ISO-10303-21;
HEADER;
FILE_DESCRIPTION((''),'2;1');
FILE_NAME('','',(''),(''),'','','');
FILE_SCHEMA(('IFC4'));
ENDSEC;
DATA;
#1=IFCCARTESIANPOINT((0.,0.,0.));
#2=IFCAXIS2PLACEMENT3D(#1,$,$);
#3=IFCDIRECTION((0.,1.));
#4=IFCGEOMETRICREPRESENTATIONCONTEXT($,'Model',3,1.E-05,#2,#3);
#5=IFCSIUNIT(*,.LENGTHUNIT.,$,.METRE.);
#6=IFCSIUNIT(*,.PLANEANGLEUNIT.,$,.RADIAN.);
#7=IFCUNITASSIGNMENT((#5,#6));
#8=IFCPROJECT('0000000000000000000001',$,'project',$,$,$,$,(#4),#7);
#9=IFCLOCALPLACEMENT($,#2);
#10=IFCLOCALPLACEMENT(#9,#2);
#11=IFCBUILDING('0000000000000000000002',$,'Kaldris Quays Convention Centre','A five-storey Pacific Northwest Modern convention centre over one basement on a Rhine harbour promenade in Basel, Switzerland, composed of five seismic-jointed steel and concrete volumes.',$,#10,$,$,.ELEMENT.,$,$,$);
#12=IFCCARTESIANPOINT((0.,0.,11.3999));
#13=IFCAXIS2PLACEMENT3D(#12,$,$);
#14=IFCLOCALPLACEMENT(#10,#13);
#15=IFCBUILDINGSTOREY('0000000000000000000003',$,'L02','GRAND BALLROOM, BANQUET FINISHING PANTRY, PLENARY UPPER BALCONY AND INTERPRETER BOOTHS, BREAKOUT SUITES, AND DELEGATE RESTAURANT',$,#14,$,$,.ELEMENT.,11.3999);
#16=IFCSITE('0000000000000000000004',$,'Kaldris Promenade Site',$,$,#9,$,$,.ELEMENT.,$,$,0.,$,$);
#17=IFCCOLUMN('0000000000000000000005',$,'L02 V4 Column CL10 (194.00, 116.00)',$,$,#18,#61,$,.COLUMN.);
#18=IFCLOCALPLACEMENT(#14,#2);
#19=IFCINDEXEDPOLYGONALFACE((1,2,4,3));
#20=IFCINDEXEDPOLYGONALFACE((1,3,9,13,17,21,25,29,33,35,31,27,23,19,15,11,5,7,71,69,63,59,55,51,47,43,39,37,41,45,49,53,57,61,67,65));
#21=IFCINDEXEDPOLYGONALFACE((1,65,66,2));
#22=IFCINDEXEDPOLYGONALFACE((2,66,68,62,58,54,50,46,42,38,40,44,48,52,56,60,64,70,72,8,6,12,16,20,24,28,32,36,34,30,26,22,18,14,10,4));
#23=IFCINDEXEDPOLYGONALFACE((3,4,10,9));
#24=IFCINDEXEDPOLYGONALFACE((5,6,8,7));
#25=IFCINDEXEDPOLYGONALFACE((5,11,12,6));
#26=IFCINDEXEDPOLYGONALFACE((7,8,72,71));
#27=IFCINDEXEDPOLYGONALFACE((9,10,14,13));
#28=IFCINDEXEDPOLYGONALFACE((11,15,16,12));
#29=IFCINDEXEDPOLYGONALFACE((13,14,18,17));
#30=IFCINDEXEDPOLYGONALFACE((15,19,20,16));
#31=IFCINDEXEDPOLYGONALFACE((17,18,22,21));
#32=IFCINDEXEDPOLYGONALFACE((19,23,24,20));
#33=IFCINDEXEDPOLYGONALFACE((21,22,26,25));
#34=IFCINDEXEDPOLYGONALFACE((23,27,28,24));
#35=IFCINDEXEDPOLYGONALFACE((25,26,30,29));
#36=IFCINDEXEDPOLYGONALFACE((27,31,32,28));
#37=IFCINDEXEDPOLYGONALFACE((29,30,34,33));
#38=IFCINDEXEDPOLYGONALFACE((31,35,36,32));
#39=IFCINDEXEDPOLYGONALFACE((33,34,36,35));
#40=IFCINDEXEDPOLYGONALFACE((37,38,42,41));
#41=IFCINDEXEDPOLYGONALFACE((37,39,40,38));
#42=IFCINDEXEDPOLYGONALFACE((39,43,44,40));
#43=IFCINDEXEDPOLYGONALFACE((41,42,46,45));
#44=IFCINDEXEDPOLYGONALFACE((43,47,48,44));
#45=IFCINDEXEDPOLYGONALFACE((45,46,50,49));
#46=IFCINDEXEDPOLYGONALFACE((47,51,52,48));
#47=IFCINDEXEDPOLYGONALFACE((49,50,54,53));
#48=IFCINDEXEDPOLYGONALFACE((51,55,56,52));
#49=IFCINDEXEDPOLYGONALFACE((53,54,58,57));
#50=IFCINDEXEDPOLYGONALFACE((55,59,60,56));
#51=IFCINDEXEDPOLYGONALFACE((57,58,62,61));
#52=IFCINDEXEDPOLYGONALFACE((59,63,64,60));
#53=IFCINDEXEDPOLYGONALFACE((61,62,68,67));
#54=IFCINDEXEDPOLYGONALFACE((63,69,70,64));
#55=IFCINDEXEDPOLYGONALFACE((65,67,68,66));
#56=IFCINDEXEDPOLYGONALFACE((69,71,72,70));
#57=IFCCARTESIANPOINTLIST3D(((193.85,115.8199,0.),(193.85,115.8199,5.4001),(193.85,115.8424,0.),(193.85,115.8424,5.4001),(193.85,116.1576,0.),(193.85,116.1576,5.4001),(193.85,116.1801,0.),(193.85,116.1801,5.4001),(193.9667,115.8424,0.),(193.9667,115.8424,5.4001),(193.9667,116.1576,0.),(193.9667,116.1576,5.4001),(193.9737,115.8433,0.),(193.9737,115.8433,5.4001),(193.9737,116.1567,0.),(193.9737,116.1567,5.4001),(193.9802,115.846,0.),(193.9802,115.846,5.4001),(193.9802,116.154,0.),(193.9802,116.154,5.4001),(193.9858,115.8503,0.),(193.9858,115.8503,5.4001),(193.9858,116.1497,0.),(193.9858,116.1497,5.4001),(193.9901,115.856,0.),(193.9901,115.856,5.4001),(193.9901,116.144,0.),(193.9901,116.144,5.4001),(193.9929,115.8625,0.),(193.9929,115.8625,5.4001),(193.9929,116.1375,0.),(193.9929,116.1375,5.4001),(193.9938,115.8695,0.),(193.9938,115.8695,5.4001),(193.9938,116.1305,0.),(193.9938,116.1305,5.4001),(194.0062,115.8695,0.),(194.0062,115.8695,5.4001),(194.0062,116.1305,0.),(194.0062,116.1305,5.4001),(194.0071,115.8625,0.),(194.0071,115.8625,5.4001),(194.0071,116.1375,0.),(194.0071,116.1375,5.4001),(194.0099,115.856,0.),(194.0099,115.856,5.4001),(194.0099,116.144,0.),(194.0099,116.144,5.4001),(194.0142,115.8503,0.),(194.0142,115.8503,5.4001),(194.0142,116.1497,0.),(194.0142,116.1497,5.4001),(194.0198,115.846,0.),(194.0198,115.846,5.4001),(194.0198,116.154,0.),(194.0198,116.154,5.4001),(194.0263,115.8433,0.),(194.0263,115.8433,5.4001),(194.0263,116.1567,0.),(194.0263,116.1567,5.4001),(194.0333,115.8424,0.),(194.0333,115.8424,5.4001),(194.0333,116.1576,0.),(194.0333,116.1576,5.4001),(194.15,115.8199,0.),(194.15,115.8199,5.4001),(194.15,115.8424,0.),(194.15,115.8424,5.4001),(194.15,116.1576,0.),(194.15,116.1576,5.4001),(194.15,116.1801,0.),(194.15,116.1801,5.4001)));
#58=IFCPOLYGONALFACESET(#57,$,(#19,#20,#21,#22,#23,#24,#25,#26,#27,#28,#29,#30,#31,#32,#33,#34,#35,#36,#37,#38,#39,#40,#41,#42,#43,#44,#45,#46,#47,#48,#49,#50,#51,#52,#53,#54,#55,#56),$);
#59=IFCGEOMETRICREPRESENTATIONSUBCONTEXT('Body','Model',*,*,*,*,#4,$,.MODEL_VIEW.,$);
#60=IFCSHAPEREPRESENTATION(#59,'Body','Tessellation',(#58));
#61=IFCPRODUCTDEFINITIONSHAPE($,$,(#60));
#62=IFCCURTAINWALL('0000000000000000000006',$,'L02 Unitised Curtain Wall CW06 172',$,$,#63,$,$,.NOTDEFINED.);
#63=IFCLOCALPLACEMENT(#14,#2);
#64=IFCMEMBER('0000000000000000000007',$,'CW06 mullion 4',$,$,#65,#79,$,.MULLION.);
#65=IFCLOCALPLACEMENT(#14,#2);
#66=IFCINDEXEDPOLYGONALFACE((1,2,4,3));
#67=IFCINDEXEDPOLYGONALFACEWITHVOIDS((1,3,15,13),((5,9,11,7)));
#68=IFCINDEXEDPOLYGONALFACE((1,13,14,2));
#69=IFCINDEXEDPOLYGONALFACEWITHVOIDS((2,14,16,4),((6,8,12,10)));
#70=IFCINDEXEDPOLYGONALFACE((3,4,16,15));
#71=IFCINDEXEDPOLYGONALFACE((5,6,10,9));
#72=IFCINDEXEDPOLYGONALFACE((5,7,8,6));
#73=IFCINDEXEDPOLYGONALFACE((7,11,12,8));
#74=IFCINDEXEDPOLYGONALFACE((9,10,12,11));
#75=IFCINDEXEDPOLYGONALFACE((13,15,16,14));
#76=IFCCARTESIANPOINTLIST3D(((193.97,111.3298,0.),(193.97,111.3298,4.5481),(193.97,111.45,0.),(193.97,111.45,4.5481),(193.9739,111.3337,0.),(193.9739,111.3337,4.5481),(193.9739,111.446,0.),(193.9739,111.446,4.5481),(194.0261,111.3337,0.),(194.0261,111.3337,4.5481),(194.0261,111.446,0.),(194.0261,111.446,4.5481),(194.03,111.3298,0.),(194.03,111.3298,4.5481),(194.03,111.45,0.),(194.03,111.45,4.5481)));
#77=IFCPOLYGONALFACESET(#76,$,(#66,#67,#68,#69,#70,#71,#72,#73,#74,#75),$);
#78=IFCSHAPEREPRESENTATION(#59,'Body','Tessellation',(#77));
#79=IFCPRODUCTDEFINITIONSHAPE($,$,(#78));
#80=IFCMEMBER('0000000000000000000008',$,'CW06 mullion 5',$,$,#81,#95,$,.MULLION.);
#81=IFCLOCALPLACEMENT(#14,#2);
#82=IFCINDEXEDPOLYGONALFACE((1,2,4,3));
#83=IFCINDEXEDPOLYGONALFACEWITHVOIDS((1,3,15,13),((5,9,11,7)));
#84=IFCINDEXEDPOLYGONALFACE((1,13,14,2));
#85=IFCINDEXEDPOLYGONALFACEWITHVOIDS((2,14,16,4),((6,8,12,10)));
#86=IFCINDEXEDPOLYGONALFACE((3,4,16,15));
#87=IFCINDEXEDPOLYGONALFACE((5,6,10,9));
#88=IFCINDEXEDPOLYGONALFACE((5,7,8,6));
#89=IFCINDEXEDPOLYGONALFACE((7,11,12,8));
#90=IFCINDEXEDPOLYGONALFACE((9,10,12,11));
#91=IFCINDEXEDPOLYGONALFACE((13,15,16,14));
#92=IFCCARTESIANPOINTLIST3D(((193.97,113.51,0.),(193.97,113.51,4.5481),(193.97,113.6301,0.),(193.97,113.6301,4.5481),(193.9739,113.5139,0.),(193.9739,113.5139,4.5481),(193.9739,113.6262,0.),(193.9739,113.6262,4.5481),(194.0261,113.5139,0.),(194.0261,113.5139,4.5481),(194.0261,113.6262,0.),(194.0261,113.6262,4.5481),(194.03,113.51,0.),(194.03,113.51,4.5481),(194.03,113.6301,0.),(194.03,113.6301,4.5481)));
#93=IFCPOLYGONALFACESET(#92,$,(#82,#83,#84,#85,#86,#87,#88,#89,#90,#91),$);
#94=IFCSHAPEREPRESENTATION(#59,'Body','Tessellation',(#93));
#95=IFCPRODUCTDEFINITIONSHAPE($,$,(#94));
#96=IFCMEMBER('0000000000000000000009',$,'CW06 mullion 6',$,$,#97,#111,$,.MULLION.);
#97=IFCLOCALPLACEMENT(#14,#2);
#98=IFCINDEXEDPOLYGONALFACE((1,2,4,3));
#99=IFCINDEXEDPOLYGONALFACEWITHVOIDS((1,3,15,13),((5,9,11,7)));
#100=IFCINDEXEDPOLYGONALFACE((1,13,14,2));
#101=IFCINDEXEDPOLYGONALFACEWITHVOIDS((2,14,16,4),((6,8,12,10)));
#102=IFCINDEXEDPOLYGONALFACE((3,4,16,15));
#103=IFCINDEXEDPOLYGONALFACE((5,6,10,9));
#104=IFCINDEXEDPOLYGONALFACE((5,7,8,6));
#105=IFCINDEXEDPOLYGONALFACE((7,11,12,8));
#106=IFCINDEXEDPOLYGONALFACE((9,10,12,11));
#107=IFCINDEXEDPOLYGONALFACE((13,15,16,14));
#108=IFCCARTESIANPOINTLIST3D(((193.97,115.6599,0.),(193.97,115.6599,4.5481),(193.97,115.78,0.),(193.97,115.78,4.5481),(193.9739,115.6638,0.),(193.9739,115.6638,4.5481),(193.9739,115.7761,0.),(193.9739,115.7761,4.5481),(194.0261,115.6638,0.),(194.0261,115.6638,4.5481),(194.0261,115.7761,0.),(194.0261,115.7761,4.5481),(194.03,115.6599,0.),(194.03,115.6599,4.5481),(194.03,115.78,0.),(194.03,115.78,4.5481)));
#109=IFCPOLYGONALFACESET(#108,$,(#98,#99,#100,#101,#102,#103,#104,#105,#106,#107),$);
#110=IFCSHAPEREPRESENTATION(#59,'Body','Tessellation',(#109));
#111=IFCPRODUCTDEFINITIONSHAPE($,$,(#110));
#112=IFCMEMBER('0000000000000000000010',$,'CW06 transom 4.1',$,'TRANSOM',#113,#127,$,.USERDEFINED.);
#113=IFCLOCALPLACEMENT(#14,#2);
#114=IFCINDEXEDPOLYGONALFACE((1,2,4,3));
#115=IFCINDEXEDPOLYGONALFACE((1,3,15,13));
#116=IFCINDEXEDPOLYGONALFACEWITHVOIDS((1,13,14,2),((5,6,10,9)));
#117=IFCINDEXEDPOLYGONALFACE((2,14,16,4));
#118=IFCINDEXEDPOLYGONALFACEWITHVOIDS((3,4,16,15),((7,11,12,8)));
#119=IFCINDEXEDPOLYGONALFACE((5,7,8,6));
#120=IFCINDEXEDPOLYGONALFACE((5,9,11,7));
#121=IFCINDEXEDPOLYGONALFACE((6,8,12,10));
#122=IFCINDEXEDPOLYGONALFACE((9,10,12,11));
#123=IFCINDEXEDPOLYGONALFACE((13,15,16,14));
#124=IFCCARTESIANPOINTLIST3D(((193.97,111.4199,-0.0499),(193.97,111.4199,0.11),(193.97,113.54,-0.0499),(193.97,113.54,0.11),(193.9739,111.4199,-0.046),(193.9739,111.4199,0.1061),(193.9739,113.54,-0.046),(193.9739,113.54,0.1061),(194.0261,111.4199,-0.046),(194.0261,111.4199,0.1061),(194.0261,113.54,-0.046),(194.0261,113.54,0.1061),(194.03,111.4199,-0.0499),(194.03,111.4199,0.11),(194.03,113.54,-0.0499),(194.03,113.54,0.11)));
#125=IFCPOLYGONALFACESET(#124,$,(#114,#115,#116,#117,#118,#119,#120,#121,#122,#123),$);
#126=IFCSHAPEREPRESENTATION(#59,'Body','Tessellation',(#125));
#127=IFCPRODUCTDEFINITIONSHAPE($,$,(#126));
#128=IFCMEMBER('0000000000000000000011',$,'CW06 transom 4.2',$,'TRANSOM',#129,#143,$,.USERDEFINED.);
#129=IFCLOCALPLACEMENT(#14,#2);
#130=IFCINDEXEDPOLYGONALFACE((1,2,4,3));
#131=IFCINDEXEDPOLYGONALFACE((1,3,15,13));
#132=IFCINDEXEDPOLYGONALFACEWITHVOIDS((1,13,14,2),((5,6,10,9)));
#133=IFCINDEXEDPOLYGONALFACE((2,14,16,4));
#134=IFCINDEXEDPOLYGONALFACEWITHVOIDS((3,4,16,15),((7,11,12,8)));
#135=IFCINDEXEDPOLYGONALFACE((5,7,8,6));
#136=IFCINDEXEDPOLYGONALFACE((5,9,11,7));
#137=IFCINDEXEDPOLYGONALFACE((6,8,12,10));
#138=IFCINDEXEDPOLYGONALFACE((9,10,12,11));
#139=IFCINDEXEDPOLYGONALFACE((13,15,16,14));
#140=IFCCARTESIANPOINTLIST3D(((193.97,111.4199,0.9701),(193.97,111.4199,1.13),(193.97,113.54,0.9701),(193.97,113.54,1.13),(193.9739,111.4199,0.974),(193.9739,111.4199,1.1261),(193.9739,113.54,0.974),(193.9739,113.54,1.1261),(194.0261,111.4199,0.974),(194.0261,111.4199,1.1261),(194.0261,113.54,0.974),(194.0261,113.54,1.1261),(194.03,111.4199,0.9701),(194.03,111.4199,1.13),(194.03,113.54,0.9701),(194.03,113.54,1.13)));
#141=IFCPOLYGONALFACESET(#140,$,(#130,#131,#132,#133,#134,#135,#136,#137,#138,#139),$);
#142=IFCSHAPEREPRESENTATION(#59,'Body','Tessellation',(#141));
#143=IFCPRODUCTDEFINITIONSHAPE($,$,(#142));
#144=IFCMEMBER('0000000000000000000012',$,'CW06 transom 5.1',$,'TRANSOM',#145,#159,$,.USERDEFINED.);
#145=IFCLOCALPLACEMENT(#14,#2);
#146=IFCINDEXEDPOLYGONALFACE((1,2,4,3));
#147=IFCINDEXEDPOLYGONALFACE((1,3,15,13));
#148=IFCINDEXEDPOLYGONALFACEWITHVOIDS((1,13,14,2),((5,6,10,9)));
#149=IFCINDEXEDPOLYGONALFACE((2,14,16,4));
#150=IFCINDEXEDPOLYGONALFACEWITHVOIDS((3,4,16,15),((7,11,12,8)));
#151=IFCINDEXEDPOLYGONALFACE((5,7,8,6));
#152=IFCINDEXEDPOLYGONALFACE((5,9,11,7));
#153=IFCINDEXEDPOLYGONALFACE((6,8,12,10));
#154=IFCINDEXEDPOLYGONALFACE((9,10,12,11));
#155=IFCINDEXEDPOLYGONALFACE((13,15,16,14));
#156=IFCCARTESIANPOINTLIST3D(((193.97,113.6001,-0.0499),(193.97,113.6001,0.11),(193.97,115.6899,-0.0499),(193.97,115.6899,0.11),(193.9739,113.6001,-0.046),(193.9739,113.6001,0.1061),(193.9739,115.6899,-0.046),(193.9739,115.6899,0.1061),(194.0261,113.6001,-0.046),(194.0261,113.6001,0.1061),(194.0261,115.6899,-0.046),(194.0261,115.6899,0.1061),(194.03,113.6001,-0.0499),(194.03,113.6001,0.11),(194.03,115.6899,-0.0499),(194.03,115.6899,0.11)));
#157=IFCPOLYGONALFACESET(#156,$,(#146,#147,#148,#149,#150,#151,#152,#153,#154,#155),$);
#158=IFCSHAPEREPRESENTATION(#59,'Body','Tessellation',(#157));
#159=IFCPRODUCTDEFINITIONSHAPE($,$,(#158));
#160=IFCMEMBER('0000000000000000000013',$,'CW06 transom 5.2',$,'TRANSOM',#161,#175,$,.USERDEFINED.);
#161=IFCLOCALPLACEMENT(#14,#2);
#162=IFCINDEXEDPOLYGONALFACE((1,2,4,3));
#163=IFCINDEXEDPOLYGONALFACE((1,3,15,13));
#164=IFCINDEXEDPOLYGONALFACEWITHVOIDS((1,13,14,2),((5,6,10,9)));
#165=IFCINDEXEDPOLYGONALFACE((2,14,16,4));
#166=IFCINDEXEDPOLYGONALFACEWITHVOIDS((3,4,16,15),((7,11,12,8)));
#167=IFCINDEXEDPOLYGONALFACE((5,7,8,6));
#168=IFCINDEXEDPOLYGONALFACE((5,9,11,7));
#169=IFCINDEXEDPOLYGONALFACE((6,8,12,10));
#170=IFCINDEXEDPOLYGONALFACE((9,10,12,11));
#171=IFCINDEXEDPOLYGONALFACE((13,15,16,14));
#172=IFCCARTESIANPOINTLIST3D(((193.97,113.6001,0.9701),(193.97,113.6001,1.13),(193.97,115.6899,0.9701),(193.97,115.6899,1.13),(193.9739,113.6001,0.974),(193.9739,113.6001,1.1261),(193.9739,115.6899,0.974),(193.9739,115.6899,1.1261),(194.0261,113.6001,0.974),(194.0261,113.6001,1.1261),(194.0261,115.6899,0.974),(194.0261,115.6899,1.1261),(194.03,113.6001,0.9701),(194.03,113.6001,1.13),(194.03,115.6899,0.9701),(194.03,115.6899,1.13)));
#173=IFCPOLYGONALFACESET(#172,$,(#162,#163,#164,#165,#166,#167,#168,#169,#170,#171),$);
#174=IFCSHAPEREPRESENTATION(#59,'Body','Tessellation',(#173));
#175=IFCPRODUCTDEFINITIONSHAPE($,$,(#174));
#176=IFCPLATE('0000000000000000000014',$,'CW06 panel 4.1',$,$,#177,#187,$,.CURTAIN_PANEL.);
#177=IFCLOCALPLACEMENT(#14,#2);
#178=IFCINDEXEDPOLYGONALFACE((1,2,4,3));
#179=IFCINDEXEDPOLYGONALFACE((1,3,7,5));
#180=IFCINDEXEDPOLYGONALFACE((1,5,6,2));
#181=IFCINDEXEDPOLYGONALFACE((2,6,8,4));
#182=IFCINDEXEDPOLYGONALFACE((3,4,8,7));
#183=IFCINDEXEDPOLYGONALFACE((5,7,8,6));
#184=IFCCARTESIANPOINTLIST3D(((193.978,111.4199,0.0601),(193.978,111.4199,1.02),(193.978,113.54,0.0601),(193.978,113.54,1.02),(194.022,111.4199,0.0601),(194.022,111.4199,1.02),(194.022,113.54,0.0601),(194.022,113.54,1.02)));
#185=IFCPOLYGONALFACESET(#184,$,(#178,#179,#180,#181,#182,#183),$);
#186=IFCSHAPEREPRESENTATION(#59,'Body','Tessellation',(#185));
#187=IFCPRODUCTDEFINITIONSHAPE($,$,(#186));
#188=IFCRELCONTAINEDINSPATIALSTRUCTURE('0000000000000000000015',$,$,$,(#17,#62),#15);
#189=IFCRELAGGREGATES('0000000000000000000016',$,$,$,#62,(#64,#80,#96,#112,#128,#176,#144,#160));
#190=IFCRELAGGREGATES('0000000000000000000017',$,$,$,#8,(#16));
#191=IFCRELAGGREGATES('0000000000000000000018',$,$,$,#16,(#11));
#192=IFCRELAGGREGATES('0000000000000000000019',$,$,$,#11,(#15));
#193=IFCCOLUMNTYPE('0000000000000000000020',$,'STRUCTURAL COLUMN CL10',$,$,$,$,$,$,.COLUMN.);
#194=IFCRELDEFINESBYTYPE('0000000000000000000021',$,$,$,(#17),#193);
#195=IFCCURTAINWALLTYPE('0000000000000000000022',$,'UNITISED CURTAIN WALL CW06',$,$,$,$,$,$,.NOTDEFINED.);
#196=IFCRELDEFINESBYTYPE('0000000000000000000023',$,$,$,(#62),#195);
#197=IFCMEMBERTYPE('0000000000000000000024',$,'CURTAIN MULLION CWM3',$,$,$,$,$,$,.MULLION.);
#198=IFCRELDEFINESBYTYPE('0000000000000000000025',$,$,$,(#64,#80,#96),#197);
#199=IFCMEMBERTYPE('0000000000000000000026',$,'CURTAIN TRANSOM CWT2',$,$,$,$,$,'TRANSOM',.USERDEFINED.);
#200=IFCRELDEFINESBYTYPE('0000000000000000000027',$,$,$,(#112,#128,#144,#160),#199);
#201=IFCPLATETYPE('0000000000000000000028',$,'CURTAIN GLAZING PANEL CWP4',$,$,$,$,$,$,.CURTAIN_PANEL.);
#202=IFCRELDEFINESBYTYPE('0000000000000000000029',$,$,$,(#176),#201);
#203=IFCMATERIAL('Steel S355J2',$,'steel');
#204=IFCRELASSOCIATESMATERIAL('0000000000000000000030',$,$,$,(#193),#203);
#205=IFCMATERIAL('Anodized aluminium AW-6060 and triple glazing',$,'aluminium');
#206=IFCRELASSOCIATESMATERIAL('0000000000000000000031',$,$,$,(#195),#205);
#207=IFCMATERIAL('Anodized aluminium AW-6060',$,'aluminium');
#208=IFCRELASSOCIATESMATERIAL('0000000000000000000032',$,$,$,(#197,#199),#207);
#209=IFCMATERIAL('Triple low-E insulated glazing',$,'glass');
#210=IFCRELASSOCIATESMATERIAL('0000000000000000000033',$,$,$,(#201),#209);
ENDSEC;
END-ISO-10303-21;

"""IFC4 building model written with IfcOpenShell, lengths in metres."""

from ifc_helpers import new_model, si_unit, direction, frame, origin, origin_2d, place, context, subcontext, project, spatial, rectangle, hollow_rectangle, i_section, extrude, material, material_profile, profile_set, type_object, element, aggregate, save


model = new_model("IFC4")

# Units and contexts
model_context = context("Model", 3, precision=1e-05, world=origin(), true_north=direction((0.0, 1.0)))
body_context = subcontext(model_context, "Body", "Model", "MODEL_VIEW")
ifc_project = project(units=[si_unit("LENGTHUNIT", "METRE"), si_unit("PLANEANGLEUNIT", "RADIAN")], contexts=[model_context])

# Site, building, storey
site_placement = place(None, origin())
site = spatial("IfcSite", under=ifc_project, at=site_placement, Name="Kaldris Promenade Site", CompositionType="ELEMENT", RefElevation=0.0)
building_placement = place(site_placement, origin())
building = spatial("IfcBuilding", under=site, at=building_placement, Name="Kaldris Quays Convention Centre", Description="A five-storey Pacific Northwest Modern convention centre over one basement on a Rhine harbour promenade in Basel, Switzerland, composed of five seismic-jointed steel and concrete volumes.", CompositionType="ELEMENT")
storey_placement = place(building_placement, frame((0.0, 0.0, 11.3999)))
storey = spatial("IfcBuildingStorey", under=building, at=storey_placement, Name="L02", Description="GRAND BALLROOM, BANQUET FINISHING PANTRY, PLENARY UPPER BALCONY AND INTERPRETER BOOTHS, BREAKOUT SUITES, AND DELEGATE RESTAURANT", CompositionType="ELEMENT", Elevation=11.3999)

# Column
ifc_material_1 = material(Name="Steel S355J2", Category="steel")
ifc_material_profile_1 = material_profile(ifc_material_1, i_section(OverallWidth=0.3, OverallDepth=0.3601, WebThickness=0.0125, FlangeThickness=0.0225, FilletRadius=0.0271, at=origin_2d()), Name="HEB 360")
ifc_profile_set_1 = profile_set([ifc_material_profile_1], Name="Steel S355J2")
column_type = type_object("IfcColumnType", Name="STRUCTURAL COLUMN CL10", PredefinedType="COLUMN", material=ifc_profile_set_1)
column_placement = place(storey_placement, frame((194.0, 116.0, 0.0), z_axis=(0.0, 0.0, 1.0), x_axis=(1.0, 0.0, 0.0)))
element("IfcColumn", 1, at=column_placement, inside=storey, type_object=column_type, Name="L02 V4 Column CL10 (194.00, 116.00)", PredefinedType="COLUMN", context=body_context, shape_type="SweptSolid", body=[
    extrude(i_section(OverallWidth=0.3, OverallDepth=0.3601, WebThickness=0.0125, FlangeThickness=0.0225, FilletRadius=0.0271, at=origin_2d()), origin(), (0.0, 0.0, 1.0), 5.4001),
])

# Curtain wall, members, plate
ifc_material_2 = material(Name="Anodized aluminium AW-6060 and triple glazing", Category="aluminium")
curtain_wall_type = type_object("IfcCurtainWallType", Name="UNITISED CURTAIN WALL CW06", PredefinedType="NOTDEFINED", material=ifc_material_2)
curtain_wall_placement = place(storey_placement, origin())
curtain_wall = element("IfcCurtainWall", 2, at=curtain_wall_placement, inside=storey, type_object=curtain_wall_type, Name="L02 Unitised Curtain Wall CW06 172", PredefinedType="NOTDEFINED")
ifc_material_3 = material(Name="Anodized aluminium AW-6060", Category="aluminium")
ifc_material_profile_2 = material_profile(ifc_material_3, hollow_rectangle(XDim=0.0601, YDim=0.1201, WallThickness=0.0039, at=origin_2d()), Name="RHS 120x60x4")
ifc_profile_set_2 = profile_set([ifc_material_profile_2], Name="Anodized aluminium AW-6060")
member_type_1 = type_object("IfcMemberType", Name="CURTAIN MULLION CWM3", PredefinedType="MULLION", material=ifc_profile_set_2)
member_1_placement = place(storey_placement, frame((194.0, 111.3899, 0.0), z_axis=(0.0, 0.0, 1.0), x_axis=(-1.0, 0.0, 0.0)))
member_1 = element("IfcMember", 3, at=member_1_placement, type_object=member_type_1, Name="CW06 mullion 4", PredefinedType="MULLION", context=body_context, shape_type="SweptSolid", body=[
    extrude(hollow_rectangle(XDim=0.0601, YDim=0.1201, WallThickness=0.0039, at=origin_2d()), origin(), (0.0, 0.0, 1.0), 4.5481),
])
member_2_placement = place(storey_placement, frame((194.0, 113.5701, 0.0), z_axis=(0.0, 0.0, 1.0), x_axis=(-1.0, 0.0, 0.0)))
member_2 = element("IfcMember", 4, at=member_2_placement, type_object=member_type_1, Name="CW06 mullion 5", PredefinedType="MULLION", context=body_context, shape_type="SweptSolid", body=[
    extrude(hollow_rectangle(XDim=0.0601, YDim=0.1201, WallThickness=0.0039, at=origin_2d()), origin(), (0.0, 0.0, 1.0), 4.5481),
])
member_3_placement = place(storey_placement, frame((194.0, 115.72, 0.0), z_axis=(0.0, 0.0, 1.0), x_axis=(-1.0, 0.0, 0.0)))
member_3 = element("IfcMember", 5, at=member_3_placement, type_object=member_type_1, Name="CW06 mullion 6", PredefinedType="MULLION", context=body_context, shape_type="SweptSolid", body=[
    extrude(hollow_rectangle(XDim=0.0601, YDim=0.1201, WallThickness=0.0039, at=origin_2d()), origin(), (0.0, 0.0, 1.0), 4.5481),
])
ifc_material_profile_3 = material_profile(ifc_material_3, hollow_rectangle(XDim=0.0601, YDim=0.1599, WallThickness=0.0039, at=origin_2d()), Name="RHS 160x60x4")
ifc_profile_set_3 = profile_set([ifc_material_profile_3], Name="Anodized aluminium AW-6060")
member_type_2 = type_object("IfcMemberType", Name="CURTAIN TRANSOM CWT2", ElementType="TRANSOM", PredefinedType="USERDEFINED", material=ifc_profile_set_3)
member_4_placement = place(storey_placement, frame((194.0, 111.4199, 0.03), z_axis=(0.0, 1.0, 0.0), x_axis=(-1.0, 0.0, 0.0)))
member_4 = element("IfcMember", 6, at=member_4_placement, type_object=member_type_2, Name="CW06 transom 4.1", ObjectType="TRANSOM", PredefinedType="USERDEFINED", context=body_context, shape_type="SweptSolid", body=[
    extrude(hollow_rectangle(XDim=0.0601, YDim=0.1599, WallThickness=0.0039, at=origin_2d()), origin(), (0.0, 0.0, 1.0), 2.1201),
])
member_5_placement = place(storey_placement, frame((194.0, 111.4199, 1.05), z_axis=(0.0, 1.0, 0.0), x_axis=(-1.0, 0.0, 0.0)))
member_5 = element("IfcMember", 7, at=member_5_placement, type_object=member_type_2, Name="CW06 transom 4.2", ObjectType="TRANSOM", PredefinedType="USERDEFINED", context=body_context, shape_type="SweptSolid", body=[
    extrude(hollow_rectangle(XDim=0.0601, YDim=0.1599, WallThickness=0.0039, at=origin_2d()), origin(), (0.0, 0.0, 1.0), 2.1201),
])
member_6_placement = place(storey_placement, frame((194.0, 113.6001, 0.03), z_axis=(0.0, 1.0, 0.0), x_axis=(-1.0, 0.0, 0.0)))
member_6 = element("IfcMember", 8, at=member_6_placement, type_object=member_type_2, Name="CW06 transom 5.1", ObjectType="TRANSOM", PredefinedType="USERDEFINED", context=body_context, shape_type="SweptSolid", body=[
    extrude(hollow_rectangle(XDim=0.0601, YDim=0.1599, WallThickness=0.0039, at=origin_2d()), origin(), (0.0, 0.0, 1.0), 2.0898),
])
member_7_placement = place(storey_placement, frame((194.0, 113.6001, 1.05), z_axis=(0.0, 1.0, 0.0), x_axis=(-1.0, 0.0, 0.0)))
member_7 = element("IfcMember", 9, at=member_7_placement, type_object=member_type_2, Name="CW06 transom 5.2", ObjectType="TRANSOM", PredefinedType="USERDEFINED", context=body_context, shape_type="SweptSolid", body=[
    extrude(hollow_rectangle(XDim=0.0601, YDim=0.1599, WallThickness=0.0039, at=origin_2d()), origin(), (0.0, 0.0, 1.0), 2.0898),
])
ifc_material_4 = material(Name="Triple low-E insulated glazing", Category="glass")
plate_type = type_object("IfcPlateType", Name="CURTAIN GLAZING PANEL CWP4", PredefinedType="CURTAIN_PANEL", material=ifc_material_4)
plate_1_placement = place(storey_placement, frame((194.0, 112.48, 0.0601), z_axis=(0.0, 0.0, 1.0), x_axis=(0.0, 1.0, 0.0)))
plate_1 = element("IfcPlate", 10, at=plate_1_placement, type_object=plate_type, Name="CW06 panel 4.1", PredefinedType="CURTAIN_PANEL", context=body_context, shape_type="SweptSolid", body=[
    extrude(rectangle(XDim=2.1201, YDim=0.0439, at=origin_2d()), origin(), (0.0, 0.0, 1.0), 0.96),
])
aggregate(curtain_wall, [member_1, member_2, member_3, member_4, member_5, plate_1, member_6, member_7])

save(model, "model.ifc")
